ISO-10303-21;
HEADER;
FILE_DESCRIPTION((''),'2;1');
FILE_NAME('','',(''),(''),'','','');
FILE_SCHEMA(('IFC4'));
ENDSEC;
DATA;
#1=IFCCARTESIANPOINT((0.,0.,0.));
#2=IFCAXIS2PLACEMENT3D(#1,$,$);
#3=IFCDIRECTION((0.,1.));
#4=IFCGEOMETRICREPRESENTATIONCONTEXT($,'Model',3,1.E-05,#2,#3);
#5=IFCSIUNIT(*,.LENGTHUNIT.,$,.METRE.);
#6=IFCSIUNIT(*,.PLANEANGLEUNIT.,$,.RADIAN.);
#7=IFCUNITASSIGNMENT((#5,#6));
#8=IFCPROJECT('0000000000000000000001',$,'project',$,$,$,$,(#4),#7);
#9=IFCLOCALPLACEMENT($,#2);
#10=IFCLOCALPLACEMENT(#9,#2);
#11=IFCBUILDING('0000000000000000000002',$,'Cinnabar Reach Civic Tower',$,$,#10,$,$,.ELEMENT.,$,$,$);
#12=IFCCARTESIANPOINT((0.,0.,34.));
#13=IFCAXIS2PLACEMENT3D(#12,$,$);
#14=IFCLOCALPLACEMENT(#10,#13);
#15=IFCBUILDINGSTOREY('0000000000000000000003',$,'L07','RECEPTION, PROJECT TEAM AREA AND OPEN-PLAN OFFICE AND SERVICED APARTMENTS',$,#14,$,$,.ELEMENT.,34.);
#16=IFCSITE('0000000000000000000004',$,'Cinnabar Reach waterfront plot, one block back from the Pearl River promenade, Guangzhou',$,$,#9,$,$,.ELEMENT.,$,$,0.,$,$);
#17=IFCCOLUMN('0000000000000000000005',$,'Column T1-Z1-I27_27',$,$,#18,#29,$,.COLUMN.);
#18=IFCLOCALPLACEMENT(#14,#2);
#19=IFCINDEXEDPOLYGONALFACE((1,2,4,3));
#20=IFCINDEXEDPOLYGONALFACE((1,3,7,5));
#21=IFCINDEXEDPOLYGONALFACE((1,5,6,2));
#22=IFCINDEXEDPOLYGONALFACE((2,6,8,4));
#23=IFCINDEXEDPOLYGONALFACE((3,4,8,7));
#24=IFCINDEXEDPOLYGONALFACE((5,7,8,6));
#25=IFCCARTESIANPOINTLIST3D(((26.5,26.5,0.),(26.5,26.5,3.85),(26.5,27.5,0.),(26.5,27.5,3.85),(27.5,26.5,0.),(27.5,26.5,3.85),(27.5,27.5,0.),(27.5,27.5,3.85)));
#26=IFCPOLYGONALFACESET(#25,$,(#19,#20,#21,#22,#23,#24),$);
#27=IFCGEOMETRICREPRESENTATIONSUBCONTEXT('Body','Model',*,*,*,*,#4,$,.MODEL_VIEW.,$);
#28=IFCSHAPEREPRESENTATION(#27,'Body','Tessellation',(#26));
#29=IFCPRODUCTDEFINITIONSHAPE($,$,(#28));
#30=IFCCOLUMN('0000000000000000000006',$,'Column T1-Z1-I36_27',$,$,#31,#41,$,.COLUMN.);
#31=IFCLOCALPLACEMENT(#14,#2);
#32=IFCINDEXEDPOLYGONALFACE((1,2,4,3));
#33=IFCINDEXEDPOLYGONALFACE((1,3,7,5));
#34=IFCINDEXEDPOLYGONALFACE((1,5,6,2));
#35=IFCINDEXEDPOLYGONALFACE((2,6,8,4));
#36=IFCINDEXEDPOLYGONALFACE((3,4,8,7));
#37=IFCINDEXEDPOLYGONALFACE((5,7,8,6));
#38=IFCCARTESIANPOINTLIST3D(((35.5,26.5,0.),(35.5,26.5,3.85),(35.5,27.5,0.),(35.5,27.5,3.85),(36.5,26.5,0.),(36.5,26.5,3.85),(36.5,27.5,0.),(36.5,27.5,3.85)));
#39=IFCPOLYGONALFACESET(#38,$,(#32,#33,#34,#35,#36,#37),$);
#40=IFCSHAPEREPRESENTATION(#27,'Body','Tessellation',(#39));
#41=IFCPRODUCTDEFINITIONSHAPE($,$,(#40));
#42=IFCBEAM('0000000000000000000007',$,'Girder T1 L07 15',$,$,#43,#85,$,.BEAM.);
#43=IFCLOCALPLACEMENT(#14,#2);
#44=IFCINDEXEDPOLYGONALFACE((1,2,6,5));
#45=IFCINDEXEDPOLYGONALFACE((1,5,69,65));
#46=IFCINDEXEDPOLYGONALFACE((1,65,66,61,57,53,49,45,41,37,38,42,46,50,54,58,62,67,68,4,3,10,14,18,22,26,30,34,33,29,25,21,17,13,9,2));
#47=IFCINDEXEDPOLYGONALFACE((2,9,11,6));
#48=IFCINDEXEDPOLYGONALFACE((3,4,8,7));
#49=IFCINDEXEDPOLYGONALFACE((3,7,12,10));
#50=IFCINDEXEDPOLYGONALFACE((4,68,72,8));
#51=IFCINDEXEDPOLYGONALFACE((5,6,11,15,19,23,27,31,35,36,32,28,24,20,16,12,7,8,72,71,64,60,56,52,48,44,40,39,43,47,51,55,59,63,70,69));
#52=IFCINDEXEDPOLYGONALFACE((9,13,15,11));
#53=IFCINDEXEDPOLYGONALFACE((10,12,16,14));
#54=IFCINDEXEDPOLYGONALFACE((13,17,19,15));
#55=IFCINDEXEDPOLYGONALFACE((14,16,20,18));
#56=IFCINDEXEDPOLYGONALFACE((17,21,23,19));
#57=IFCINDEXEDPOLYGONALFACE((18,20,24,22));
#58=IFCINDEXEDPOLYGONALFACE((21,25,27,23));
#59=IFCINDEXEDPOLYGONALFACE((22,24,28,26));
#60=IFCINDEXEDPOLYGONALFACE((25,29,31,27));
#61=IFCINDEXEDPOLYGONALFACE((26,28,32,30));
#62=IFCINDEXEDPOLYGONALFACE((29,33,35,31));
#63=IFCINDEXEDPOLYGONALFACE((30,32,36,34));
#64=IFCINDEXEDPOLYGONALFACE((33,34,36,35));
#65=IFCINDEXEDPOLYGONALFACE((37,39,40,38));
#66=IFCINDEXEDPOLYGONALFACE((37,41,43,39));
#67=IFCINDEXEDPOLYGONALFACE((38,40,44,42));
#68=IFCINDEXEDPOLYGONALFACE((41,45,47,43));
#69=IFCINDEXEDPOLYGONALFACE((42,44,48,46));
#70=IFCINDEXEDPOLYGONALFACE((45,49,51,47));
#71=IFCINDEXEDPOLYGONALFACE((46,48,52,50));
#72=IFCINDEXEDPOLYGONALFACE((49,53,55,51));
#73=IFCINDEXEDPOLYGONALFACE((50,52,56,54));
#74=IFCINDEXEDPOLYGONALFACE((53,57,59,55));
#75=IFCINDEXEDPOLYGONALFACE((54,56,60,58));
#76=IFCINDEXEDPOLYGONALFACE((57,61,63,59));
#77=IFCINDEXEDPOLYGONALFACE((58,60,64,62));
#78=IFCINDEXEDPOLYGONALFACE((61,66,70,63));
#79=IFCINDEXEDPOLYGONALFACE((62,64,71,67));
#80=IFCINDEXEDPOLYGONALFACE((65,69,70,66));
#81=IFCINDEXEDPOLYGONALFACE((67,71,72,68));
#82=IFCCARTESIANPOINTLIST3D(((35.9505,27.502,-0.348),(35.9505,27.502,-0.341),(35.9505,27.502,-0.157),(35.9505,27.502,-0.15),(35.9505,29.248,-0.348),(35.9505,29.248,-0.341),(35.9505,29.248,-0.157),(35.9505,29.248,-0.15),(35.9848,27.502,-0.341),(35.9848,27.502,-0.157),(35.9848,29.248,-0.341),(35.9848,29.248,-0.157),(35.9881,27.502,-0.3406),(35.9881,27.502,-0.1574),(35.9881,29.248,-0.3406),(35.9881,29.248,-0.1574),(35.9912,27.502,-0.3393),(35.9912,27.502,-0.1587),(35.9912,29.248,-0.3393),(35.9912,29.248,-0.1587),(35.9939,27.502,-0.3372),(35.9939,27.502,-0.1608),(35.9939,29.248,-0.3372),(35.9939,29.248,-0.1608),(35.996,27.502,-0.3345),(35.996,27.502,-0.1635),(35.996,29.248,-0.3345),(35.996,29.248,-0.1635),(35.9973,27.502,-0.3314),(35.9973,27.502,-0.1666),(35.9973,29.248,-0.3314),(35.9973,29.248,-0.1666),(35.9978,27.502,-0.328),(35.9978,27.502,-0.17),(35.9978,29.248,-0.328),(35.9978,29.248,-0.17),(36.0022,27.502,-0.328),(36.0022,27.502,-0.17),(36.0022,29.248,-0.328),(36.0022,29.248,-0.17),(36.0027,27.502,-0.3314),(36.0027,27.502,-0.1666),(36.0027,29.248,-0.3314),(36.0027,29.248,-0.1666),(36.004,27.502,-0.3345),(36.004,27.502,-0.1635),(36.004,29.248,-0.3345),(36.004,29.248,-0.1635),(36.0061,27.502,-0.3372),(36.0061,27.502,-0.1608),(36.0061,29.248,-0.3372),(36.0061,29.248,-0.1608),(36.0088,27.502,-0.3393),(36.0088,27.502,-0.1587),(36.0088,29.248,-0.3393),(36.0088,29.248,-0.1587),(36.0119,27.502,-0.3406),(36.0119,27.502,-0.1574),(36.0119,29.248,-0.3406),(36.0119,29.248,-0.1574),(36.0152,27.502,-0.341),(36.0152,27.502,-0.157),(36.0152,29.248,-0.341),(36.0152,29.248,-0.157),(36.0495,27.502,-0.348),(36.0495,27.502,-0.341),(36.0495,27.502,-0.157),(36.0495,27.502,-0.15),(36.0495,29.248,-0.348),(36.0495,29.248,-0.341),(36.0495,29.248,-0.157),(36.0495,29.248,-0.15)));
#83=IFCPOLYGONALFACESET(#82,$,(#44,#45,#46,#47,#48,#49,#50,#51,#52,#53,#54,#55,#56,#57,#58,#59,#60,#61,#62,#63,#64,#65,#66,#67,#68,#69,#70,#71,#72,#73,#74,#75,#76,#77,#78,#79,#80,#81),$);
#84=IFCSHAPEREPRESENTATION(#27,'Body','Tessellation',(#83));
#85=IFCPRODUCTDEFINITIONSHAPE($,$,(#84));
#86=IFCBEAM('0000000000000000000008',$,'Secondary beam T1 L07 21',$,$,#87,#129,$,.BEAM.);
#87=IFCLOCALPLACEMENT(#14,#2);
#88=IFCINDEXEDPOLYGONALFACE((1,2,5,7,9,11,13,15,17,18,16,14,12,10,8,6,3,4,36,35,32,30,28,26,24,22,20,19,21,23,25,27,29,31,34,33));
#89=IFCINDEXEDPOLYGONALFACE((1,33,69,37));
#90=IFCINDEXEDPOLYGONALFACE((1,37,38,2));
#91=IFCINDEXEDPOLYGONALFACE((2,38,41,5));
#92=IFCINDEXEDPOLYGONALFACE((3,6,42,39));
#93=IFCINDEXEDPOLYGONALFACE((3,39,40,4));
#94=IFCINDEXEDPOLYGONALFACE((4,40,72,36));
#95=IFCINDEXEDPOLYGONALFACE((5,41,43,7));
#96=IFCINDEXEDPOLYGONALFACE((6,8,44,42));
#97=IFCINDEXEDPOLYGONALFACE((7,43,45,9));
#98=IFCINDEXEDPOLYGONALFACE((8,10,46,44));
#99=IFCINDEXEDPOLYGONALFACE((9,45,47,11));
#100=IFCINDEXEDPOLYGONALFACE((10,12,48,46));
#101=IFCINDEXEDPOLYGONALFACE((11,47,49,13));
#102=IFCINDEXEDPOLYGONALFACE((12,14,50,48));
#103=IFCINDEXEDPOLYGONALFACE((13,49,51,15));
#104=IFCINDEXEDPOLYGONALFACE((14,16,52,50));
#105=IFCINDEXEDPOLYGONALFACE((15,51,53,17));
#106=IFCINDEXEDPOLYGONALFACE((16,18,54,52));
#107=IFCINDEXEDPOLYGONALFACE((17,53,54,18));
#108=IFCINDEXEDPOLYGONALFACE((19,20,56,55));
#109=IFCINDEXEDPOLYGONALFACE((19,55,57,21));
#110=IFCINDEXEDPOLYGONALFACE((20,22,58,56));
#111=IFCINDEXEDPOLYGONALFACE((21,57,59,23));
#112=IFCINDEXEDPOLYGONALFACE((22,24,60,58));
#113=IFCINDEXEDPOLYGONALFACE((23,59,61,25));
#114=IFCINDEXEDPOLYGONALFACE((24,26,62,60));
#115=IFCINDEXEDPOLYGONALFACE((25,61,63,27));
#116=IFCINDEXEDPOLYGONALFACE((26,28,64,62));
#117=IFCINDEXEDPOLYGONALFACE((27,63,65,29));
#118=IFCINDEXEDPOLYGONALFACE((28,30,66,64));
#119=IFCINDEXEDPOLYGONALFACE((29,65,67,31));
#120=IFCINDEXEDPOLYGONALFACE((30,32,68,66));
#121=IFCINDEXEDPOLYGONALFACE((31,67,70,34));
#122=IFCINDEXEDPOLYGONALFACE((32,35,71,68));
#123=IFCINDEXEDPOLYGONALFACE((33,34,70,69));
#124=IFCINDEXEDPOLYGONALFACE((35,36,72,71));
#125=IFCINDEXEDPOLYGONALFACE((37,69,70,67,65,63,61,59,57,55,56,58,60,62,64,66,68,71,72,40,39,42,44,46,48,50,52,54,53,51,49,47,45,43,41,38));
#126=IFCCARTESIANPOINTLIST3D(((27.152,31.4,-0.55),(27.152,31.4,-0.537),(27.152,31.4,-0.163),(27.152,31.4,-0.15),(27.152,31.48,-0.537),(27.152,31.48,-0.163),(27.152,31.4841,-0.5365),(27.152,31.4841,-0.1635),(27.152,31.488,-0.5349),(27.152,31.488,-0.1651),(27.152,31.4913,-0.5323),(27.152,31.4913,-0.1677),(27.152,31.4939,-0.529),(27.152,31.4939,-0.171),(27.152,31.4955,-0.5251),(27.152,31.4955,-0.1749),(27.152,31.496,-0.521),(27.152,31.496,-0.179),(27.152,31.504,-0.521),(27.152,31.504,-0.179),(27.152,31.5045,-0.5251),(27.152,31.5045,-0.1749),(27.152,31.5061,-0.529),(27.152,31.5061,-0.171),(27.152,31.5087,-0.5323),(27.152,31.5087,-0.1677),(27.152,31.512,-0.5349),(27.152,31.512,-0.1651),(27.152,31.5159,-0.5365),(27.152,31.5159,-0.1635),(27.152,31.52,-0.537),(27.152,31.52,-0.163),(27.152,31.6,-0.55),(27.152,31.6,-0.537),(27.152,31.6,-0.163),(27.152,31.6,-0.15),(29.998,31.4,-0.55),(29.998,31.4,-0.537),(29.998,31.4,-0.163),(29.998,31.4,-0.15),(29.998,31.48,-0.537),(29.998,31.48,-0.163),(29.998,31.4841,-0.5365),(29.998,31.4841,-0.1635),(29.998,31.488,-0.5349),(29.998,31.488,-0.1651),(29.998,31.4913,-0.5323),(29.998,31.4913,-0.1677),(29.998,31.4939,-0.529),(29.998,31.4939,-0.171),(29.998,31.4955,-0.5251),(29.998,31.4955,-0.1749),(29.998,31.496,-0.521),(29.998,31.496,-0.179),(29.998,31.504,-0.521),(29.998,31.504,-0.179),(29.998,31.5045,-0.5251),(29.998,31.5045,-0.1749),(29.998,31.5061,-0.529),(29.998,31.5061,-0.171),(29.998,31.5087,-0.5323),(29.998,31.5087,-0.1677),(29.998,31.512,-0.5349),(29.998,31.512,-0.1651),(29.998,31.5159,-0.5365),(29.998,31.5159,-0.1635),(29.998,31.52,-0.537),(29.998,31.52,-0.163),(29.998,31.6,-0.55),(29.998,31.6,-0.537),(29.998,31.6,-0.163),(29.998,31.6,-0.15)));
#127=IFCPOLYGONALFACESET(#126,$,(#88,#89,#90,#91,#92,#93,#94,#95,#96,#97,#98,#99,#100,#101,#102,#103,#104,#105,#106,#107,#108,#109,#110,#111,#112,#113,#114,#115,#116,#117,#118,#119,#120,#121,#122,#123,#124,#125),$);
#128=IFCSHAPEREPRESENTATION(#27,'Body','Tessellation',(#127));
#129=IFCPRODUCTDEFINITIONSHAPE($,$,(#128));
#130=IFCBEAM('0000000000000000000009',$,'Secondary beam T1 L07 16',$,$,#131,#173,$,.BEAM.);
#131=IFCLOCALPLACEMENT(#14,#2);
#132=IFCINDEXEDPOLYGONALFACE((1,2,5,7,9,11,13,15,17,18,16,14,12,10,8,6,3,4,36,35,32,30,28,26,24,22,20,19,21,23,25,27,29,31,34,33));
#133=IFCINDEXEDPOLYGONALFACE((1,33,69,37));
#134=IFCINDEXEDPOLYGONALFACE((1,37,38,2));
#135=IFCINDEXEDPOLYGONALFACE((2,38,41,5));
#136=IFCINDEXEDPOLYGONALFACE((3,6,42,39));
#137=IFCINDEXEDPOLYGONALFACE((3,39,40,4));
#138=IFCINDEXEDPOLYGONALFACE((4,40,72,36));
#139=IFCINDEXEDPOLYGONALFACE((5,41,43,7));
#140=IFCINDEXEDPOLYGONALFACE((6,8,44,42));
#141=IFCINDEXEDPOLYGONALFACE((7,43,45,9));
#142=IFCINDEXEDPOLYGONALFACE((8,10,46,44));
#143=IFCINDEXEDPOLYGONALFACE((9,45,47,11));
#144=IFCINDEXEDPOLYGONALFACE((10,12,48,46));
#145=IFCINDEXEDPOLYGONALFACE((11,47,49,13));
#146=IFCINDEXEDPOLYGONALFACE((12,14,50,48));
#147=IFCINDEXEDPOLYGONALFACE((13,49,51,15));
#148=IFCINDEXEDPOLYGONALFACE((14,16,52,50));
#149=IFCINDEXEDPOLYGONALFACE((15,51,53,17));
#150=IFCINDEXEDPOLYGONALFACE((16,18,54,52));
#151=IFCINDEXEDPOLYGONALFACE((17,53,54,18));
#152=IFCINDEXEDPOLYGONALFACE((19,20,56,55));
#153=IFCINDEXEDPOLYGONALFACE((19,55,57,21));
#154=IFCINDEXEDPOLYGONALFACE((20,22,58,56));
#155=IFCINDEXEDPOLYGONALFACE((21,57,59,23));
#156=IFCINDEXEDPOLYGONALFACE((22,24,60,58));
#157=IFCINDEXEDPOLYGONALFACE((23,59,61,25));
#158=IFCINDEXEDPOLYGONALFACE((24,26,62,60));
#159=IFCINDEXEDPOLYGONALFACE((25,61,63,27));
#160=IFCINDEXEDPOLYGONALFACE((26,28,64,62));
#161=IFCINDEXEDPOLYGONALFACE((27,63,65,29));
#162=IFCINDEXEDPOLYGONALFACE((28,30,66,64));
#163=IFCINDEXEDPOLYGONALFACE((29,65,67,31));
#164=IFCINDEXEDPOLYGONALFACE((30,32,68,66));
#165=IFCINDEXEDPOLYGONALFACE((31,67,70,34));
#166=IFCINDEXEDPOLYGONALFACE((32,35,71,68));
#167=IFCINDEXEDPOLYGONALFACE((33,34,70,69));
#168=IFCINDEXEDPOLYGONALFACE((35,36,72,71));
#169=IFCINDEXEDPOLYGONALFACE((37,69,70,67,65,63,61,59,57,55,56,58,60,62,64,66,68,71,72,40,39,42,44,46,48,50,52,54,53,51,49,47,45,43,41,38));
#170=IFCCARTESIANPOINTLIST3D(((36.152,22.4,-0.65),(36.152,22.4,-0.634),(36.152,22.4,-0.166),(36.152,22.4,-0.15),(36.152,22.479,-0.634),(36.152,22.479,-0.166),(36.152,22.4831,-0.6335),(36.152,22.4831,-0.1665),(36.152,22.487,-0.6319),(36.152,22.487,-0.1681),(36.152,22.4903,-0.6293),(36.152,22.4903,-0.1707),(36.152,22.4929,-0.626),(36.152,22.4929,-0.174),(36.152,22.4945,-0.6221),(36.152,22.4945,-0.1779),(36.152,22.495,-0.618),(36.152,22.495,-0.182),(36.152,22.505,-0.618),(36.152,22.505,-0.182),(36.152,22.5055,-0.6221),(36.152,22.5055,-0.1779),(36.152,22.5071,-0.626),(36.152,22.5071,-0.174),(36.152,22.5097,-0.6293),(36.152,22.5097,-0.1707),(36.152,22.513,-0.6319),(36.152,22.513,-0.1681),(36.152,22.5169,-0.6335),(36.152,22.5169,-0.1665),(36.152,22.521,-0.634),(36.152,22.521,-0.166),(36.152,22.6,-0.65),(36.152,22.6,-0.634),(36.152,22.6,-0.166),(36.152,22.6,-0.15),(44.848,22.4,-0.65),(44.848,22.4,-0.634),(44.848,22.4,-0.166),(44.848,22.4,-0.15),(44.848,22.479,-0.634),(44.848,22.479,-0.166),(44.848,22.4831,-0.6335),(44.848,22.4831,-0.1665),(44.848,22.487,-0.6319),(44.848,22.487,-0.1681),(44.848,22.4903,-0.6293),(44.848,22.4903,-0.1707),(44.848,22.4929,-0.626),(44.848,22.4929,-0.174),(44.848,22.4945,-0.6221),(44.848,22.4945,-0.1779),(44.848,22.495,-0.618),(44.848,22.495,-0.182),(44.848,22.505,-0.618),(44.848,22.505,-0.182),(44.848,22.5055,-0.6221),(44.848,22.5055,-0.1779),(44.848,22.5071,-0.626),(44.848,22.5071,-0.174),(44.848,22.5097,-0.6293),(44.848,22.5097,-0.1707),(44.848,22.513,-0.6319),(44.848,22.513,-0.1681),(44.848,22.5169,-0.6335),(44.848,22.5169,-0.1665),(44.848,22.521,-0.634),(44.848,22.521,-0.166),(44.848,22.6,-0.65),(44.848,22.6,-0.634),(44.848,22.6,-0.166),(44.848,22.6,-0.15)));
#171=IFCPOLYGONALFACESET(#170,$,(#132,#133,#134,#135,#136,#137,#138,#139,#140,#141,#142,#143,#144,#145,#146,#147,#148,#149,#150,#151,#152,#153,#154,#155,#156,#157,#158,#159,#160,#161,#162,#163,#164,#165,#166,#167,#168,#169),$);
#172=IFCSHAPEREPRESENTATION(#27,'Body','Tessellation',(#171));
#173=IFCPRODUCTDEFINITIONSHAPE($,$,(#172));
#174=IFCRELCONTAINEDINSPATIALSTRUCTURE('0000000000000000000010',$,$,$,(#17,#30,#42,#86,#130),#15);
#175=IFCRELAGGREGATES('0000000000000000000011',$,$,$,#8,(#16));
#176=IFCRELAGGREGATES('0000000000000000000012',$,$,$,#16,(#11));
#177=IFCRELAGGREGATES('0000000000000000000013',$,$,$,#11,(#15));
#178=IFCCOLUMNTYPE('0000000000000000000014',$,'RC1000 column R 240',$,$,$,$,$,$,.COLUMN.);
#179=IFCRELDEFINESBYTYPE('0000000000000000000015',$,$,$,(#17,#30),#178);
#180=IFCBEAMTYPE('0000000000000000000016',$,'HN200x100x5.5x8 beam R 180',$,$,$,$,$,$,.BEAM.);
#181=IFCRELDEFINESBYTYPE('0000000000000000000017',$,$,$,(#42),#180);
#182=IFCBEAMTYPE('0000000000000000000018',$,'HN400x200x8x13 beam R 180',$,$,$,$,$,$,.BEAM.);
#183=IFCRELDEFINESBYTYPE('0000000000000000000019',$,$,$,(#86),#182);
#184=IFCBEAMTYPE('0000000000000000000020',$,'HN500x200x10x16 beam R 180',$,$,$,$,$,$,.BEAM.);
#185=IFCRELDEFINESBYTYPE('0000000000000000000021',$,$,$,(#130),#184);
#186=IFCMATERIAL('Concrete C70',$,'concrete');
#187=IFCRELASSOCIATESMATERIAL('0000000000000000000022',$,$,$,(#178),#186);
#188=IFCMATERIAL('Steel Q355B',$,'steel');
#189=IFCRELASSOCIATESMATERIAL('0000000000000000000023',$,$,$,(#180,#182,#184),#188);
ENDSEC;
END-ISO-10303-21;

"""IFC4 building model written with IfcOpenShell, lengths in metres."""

from ifc_helpers import new_model, si_unit, direction, frame, origin, origin_2d, place, context, subcontext, project, spatial, rectangle, i_section, extrude, material, material_profile, profile_set, type_object, element, save


model = new_model("IFC4")

# Units and contexts
model_context = context("Model", 3, precision=1e-05, world=origin(), true_north=direction((0.0, 1.0)))
body_context = subcontext(model_context, "Body", "Model", "MODEL_VIEW")
ifc_project = project(units=[si_unit("LENGTHUNIT", "METRE"), si_unit("PLANEANGLEUNIT", "RADIAN")], contexts=[model_context])

# Site, building, storey
site_placement = place(None, origin())
site = spatial("IfcSite", under=ifc_project, at=site_placement, Name="Cinnabar Reach waterfront plot, one block back from the Pearl River promenade, Guangzhou", CompositionType="ELEMENT", RefElevation=0.0)
building_placement = place(site_placement, origin())
building = spatial("IfcBuilding", under=site, at=building_placement, Name="Cinnabar Reach Civic Tower", CompositionType="ELEMENT")
storey_placement = place(building_placement, frame((0.0, 0.0, 34.0)))
storey = spatial("IfcBuildingStorey", under=building, at=storey_placement, Name="L07", Description="RECEPTION, PROJECT TEAM AREA AND OPEN-PLAN OFFICE AND SERVICED APARTMENTS", CompositionType="ELEMENT", Elevation=34.0)

# Columns
ifc_material_1 = material(Name="Concrete C70", Category="concrete")
ifc_material_profile_1 = material_profile(ifc_material_1, rectangle(XDim=1.0, YDim=1.0, at=origin_2d()), Name="RC1000")
ifc_profile_set_1 = profile_set([ifc_material_profile_1], Name="Concrete C70")
column_type = type_object("IfcColumnType", Name="RC1000 column R 240", PredefinedType="COLUMN", material=ifc_profile_set_1)
for number, where, z_axis, x_axis, name in (
    (1, (27.0, 27.0, 0.0), (0.0, 0.0, 1.0), (1.0, 0.0, 0.0), "Column T1-Z1-I27_27"),
    (2, (36.0, 27.0, 0.0), (0.0, 0.0, 1.0), (1.0, 0.0, 0.0), "Column T1-Z1-I36_27"),
):
    element("IfcColumn", number, at=place(storey_placement, frame(where, z_axis=z_axis, x_axis=x_axis)), inside=storey, type_object=column_type, Name=name, PredefinedType="COLUMN", context=body_context, shape_type="SweptSolid", body=[
        extrude(rectangle(XDim=1.0, YDim=1.0, at=origin_2d()), origin(), (0.0, 0.0, 1.0), 3.85),
    ])

# Beams
ifc_material_2 = material(Name="Steel Q355B", Category="steel")
ifc_material_profile_2 = material_profile(ifc_material_2, i_section(OverallWidth=0.099, OverallDepth=0.198, WebThickness=0.0045, FlangeThickness=0.007, FilletRadius=0.013, at=origin_2d()), Name="HN200x100x5.5x8")
ifc_profile_set_2 = profile_set([ifc_material_profile_2], Name="Steel Q355B")
beam_type_1 = type_object("IfcBeamType", Name="HN200x100x5.5x8 beam R 180", PredefinedType="BEAM", material=ifc_profile_set_2)
beam_1_placement = place(storey_placement, frame((36.0, 27.502, -0.249), z_axis=(0.0, 1.0, 0.0), x_axis=(-1.0, 0.0, 0.0)))
element("IfcBeam", 3, at=beam_1_placement, inside=storey, type_object=beam_type_1, Name="Girder T1 L07 15", PredefinedType="BEAM", context=body_context, shape_type="SweptSolid", body=[
    extrude(i_section(OverallWidth=0.099, OverallDepth=0.198, WebThickness=0.0045, FlangeThickness=0.007, FilletRadius=0.013, at=origin_2d()), origin(), (0.0, 0.0, 1.0), 1.746),
])
ifc_material_profile_3 = material_profile(ifc_material_2, i_section(OverallWidth=0.2, OverallDepth=0.4, WebThickness=0.008, FlangeThickness=0.013, FilletRadius=0.016, at=origin_2d()), Name="HN400x200x8x13")
ifc_profile_set_3 = profile_set([ifc_material_profile_3], Name="Steel Q355B")
beam_type_2 = type_object("IfcBeamType", Name="HN400x200x8x13 beam R 180", PredefinedType="BEAM", material=ifc_profile_set_3)
beam_2_placement = place(storey_placement, frame((27.152, 31.5, -0.35), z_axis=(1.0, 0.0, 0.0), x_axis=(0.0, 1.0, 0.0)))
element("IfcBeam", 4, at=beam_2_placement, inside=storey, type_object=beam_type_2, Name="Secondary beam T1 L07 21", PredefinedType="BEAM", context=body_context, shape_type="SweptSolid", body=[
    extrude(i_section(OverallWidth=0.2, OverallDepth=0.4, WebThickness=0.008, FlangeThickness=0.013, FilletRadius=0.016, at=origin_2d()), origin(), (0.0, 0.0, 1.0), 2.846),
])
ifc_material_profile_4 = material_profile(ifc_material_2, i_section(OverallWidth=0.2, OverallDepth=0.5, WebThickness=0.01, FlangeThickness=0.016, FilletRadius=0.016, at=origin_2d()), Name="HN500x200x10x16")
ifc_profile_set_4 = profile_set([ifc_material_profile_4], Name="Steel Q355B")
beam_type_3 = type_object("IfcBeamType", Name="HN500x200x10x16 beam R 180", PredefinedType="BEAM", material=ifc_profile_set_4)
beam_3_placement = place(storey_placement, frame((36.152, 22.5, -0.4), z_axis=(1.0, 0.0, 0.0), x_axis=(0.0, 1.0, 0.0)))
element("IfcBeam", 5, at=beam_3_placement, inside=storey, type_object=beam_type_3, Name="Secondary beam T1 L07 16", PredefinedType="BEAM", context=body_context, shape_type="SweptSolid", body=[
    extrude(i_section(OverallWidth=0.2, OverallDepth=0.5, WebThickness=0.01, FlangeThickness=0.016, FilletRadius=0.016, at=origin_2d()), origin(), (0.0, 0.0, 1.0), 8.696),
])

save(model, "model.ifc")
